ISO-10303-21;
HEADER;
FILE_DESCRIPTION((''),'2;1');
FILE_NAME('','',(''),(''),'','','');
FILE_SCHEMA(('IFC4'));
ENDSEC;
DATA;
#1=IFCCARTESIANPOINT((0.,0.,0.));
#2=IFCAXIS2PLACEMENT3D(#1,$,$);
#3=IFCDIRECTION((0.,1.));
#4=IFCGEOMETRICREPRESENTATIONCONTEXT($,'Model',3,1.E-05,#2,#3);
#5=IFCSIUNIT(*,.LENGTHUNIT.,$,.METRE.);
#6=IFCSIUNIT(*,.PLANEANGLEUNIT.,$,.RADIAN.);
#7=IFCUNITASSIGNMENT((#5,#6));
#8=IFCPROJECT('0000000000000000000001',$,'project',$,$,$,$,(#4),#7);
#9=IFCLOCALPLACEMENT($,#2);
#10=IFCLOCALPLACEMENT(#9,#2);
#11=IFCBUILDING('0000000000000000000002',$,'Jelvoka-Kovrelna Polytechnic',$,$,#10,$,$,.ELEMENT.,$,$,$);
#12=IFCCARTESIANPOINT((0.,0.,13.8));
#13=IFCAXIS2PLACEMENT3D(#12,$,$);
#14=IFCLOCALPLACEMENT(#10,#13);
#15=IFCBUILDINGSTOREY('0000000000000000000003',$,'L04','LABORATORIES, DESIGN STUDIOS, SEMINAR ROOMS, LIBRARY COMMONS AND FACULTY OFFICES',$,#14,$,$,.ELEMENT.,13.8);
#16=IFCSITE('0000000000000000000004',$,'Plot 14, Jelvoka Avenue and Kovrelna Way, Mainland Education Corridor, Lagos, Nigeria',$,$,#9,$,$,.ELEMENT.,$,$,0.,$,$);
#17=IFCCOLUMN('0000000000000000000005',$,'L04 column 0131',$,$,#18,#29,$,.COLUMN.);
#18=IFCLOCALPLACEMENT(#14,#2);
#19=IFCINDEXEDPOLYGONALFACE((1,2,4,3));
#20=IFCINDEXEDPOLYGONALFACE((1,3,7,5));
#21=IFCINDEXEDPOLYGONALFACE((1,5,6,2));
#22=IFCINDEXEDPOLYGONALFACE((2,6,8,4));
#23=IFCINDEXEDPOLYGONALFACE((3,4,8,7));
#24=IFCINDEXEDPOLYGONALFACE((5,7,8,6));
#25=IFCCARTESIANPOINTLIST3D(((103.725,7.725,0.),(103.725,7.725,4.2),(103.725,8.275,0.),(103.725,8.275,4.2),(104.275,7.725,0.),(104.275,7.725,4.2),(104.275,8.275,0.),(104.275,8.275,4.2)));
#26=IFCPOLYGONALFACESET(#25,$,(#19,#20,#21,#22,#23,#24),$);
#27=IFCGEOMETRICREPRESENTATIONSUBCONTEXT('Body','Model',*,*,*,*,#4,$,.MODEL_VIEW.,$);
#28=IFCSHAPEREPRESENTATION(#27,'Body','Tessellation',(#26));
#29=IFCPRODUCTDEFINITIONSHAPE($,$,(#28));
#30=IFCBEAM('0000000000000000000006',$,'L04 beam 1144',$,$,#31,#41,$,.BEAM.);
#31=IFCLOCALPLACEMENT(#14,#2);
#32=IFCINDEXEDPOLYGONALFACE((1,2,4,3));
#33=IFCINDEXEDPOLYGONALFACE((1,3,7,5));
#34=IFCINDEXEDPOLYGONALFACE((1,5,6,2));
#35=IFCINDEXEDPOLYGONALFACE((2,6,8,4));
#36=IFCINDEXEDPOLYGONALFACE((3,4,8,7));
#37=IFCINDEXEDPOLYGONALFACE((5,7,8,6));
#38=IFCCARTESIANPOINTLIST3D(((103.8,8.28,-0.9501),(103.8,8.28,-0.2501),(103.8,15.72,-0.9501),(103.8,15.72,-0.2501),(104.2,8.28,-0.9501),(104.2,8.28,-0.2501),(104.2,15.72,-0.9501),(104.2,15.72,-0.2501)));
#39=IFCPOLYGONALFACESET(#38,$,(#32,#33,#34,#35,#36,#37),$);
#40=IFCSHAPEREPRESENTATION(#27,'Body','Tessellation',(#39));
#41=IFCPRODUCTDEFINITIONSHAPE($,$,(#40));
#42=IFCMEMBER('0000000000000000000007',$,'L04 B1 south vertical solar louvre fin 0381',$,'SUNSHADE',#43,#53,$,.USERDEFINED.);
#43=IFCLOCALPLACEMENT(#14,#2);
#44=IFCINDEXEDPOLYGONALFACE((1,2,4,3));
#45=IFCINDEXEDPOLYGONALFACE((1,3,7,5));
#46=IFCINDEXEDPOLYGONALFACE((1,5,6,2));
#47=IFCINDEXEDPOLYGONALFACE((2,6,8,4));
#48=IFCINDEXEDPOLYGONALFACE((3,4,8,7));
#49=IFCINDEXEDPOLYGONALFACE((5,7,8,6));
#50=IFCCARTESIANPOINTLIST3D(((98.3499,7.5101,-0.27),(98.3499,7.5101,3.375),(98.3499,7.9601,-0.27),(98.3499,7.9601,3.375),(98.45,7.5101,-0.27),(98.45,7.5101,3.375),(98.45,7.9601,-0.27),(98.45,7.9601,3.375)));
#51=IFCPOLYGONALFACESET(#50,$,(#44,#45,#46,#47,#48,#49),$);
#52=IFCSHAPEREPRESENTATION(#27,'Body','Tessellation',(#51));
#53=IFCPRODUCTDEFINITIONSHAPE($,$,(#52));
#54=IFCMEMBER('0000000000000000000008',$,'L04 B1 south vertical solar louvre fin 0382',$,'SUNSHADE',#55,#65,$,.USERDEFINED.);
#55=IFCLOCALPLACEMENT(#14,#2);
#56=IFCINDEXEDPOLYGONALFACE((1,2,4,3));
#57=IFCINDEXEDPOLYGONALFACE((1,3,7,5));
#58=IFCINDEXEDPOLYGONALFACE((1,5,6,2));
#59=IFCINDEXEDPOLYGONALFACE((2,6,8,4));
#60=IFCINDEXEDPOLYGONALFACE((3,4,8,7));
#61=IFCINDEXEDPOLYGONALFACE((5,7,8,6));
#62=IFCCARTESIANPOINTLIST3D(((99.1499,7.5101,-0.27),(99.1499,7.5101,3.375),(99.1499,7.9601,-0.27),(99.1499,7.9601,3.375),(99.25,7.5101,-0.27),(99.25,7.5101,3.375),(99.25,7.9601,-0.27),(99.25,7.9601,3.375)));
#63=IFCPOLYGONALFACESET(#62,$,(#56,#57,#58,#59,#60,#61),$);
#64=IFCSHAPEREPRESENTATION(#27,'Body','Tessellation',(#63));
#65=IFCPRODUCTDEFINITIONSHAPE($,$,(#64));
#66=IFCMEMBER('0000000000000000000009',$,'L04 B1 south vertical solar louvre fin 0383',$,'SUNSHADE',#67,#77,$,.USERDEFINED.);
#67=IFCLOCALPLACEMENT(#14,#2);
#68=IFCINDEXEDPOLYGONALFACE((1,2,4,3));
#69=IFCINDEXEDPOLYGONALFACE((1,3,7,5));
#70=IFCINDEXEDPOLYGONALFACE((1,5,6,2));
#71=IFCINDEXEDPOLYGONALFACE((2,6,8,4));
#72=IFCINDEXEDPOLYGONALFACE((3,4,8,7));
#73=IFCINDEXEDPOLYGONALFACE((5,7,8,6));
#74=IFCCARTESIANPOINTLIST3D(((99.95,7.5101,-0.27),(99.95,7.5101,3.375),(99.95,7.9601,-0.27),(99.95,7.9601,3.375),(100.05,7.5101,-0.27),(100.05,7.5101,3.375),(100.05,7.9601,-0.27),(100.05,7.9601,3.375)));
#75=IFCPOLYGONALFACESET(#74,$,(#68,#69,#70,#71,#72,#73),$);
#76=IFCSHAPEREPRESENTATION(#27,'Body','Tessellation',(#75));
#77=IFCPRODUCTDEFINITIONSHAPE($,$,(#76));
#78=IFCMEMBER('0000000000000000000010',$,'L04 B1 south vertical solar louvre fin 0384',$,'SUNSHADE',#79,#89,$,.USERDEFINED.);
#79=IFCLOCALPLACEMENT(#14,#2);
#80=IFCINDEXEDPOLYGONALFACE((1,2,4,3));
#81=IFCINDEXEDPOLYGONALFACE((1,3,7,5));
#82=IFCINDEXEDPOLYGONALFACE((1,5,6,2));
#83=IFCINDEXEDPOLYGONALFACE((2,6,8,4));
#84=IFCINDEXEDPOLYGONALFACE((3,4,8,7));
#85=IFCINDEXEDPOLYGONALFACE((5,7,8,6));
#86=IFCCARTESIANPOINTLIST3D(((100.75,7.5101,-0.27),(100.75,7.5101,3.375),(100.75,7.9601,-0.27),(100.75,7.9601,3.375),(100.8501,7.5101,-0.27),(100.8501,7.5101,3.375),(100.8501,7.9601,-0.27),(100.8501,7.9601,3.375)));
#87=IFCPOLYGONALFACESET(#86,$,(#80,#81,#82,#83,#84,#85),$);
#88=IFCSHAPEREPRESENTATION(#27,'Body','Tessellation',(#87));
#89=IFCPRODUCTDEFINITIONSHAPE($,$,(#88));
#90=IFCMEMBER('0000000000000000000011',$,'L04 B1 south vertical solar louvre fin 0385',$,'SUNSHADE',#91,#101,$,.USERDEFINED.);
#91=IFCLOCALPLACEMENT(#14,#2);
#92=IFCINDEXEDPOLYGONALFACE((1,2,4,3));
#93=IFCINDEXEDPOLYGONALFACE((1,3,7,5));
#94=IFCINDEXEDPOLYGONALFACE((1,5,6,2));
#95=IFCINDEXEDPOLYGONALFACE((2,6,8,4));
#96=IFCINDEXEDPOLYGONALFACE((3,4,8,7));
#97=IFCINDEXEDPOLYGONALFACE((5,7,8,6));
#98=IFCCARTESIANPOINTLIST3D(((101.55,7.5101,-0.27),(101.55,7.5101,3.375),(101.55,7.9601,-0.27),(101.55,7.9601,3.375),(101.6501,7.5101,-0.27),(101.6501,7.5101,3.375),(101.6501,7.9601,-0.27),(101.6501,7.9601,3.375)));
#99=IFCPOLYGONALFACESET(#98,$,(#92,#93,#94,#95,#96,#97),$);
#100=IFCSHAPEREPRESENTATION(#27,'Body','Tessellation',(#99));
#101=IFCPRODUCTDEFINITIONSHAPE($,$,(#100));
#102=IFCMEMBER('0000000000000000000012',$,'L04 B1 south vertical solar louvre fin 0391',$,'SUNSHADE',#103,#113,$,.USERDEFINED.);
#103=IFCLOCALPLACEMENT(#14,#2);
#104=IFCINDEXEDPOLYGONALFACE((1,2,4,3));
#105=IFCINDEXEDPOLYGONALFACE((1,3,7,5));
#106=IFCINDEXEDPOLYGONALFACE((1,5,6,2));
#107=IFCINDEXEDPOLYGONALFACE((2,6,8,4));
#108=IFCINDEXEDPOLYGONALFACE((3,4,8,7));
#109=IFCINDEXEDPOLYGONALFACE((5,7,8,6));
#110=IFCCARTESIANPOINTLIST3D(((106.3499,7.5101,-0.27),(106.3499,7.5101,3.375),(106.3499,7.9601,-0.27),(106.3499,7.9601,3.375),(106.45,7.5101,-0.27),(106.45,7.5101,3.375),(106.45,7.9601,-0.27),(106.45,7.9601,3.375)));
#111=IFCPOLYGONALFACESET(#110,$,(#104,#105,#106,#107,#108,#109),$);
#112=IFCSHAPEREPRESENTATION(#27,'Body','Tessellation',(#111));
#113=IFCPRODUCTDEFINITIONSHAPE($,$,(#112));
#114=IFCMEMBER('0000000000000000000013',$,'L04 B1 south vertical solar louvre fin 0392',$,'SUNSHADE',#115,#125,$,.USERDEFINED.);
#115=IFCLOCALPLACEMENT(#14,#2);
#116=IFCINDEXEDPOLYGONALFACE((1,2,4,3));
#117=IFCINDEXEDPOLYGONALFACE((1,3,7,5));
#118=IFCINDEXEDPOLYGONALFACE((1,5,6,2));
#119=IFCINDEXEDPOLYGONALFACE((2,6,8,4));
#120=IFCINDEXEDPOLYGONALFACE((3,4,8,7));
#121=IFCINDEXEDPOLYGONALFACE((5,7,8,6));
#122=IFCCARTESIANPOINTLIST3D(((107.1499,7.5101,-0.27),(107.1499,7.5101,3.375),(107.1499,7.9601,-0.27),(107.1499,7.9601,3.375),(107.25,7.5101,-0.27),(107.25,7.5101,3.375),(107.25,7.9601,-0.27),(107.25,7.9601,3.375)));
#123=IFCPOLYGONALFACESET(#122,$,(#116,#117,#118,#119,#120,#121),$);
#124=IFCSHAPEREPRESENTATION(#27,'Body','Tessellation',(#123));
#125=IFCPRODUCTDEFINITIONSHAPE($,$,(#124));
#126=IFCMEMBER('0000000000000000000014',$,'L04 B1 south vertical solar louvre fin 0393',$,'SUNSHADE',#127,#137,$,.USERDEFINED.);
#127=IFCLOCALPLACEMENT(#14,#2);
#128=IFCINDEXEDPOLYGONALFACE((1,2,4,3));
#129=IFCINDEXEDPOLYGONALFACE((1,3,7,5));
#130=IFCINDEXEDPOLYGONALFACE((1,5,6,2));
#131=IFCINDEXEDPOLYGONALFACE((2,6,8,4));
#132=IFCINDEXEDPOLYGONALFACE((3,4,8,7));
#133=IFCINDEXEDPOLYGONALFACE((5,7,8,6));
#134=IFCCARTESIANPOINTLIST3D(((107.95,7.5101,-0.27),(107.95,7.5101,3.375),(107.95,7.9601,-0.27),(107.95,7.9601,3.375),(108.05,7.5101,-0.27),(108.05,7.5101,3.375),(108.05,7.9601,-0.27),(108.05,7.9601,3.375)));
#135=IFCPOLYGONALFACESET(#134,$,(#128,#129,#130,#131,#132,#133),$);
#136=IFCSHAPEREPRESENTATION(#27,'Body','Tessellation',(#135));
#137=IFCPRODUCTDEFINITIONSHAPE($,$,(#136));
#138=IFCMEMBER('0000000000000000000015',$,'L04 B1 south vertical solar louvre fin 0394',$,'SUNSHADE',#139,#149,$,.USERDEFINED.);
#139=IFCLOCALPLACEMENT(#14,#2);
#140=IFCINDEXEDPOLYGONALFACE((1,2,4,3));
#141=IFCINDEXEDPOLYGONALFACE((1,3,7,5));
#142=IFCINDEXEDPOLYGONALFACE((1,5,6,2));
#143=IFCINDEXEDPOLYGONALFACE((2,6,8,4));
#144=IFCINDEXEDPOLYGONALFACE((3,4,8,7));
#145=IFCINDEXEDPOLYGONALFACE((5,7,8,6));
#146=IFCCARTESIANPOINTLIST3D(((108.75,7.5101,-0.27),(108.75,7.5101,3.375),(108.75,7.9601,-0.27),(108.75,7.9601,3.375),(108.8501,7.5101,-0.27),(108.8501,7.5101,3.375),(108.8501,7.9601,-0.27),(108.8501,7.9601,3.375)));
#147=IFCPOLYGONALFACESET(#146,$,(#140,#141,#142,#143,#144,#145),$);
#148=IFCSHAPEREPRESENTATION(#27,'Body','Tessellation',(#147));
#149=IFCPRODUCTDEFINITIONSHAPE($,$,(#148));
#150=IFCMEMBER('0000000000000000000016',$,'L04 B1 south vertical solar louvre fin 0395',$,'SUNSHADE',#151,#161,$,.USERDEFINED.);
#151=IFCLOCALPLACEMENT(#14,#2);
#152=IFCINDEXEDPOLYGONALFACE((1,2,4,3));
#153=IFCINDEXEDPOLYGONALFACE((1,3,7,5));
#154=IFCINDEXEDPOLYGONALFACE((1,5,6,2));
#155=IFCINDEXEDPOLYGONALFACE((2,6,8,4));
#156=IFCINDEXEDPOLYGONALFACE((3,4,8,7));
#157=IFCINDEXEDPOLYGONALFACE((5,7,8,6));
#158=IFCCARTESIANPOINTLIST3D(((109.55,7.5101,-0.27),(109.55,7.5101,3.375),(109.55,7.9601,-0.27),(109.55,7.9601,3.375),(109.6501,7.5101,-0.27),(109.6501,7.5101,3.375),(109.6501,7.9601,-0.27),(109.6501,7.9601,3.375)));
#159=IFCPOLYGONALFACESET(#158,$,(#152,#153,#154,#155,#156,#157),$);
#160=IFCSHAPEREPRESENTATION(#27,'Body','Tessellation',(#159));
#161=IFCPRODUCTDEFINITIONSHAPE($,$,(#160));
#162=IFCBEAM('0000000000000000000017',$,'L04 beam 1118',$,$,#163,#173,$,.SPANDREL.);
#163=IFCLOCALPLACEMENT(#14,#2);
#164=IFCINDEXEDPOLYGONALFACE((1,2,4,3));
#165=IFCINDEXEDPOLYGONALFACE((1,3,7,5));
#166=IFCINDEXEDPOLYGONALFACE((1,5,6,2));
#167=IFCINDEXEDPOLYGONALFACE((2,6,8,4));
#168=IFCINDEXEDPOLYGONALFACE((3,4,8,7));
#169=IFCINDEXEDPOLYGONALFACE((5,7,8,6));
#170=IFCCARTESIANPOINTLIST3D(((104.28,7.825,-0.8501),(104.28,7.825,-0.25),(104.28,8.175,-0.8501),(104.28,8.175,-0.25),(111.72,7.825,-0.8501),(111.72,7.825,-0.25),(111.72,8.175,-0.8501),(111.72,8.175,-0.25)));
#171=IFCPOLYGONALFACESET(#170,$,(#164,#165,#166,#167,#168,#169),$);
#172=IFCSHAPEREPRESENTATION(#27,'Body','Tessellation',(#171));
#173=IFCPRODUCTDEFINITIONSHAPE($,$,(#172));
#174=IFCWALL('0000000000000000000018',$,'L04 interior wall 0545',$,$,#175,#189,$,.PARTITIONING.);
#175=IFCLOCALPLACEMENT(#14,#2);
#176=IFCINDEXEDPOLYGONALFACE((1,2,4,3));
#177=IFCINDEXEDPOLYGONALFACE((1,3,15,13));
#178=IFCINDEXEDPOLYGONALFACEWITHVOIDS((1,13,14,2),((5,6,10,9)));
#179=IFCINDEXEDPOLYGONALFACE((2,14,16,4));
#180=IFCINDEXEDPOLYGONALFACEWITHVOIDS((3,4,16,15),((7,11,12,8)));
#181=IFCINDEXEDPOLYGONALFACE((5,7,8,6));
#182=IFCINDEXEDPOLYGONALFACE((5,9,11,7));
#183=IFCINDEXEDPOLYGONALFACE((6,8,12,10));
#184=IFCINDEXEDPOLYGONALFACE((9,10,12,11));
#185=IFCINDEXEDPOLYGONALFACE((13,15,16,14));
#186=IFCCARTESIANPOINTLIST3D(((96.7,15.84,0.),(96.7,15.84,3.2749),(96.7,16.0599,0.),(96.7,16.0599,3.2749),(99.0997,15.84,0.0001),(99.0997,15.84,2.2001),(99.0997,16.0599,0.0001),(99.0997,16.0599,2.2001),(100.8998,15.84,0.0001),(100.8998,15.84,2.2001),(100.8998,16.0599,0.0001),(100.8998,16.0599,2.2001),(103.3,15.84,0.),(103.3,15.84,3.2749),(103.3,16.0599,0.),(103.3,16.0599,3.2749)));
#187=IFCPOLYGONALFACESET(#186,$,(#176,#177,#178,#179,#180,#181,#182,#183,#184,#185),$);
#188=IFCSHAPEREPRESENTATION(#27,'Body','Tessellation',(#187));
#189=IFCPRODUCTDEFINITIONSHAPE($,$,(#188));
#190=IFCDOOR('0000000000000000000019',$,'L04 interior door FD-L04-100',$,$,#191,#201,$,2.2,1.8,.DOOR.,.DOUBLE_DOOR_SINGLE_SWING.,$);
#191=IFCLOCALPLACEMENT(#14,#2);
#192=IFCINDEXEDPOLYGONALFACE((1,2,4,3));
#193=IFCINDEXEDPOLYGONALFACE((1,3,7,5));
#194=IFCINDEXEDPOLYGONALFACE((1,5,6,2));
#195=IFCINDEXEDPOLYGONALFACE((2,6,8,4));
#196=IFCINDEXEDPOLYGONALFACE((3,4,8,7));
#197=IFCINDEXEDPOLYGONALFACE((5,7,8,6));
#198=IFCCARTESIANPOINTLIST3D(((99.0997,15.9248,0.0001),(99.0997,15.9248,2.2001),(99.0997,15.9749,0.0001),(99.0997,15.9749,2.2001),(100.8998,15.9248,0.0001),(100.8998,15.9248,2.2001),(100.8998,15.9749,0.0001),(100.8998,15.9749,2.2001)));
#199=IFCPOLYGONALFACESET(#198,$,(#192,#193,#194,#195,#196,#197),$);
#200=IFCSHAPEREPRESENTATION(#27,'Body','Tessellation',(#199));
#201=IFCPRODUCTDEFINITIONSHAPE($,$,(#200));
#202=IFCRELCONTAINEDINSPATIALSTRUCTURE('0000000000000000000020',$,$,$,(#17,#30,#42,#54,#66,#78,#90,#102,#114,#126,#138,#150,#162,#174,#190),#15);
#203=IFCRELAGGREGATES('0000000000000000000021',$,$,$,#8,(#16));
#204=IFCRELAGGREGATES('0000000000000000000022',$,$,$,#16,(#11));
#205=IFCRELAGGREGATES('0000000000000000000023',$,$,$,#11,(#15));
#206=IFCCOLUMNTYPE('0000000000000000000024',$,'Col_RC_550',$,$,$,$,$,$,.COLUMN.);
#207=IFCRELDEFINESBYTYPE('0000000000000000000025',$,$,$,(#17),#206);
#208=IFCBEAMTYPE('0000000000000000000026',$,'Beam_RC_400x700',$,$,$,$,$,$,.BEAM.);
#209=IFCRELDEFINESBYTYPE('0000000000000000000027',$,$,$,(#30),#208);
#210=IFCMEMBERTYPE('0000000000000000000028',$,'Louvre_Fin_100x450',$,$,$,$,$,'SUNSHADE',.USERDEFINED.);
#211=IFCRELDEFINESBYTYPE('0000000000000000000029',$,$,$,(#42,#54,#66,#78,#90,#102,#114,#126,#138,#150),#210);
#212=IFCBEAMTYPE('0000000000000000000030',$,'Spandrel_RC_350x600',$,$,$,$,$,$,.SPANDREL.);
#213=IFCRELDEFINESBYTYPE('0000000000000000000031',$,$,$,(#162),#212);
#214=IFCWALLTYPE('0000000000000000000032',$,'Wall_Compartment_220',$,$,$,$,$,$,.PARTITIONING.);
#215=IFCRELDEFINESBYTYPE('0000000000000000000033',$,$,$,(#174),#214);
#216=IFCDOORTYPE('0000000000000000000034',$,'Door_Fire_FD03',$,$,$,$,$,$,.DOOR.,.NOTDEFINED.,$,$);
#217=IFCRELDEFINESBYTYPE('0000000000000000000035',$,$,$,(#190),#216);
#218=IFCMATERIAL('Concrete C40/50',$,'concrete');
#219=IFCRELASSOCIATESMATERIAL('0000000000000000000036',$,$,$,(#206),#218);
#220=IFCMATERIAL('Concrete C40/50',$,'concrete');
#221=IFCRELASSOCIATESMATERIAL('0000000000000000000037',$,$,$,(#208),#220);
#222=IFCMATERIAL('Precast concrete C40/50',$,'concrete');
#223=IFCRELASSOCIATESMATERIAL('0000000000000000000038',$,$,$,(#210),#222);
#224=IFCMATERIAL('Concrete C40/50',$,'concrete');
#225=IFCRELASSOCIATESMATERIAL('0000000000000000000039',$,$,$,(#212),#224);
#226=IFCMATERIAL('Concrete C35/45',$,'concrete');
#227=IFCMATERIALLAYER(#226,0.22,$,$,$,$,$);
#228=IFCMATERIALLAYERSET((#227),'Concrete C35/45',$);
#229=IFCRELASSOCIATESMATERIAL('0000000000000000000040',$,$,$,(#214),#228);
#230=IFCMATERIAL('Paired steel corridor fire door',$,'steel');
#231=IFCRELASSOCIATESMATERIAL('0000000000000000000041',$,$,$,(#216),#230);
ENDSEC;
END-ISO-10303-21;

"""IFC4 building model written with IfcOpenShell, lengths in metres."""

from ifc_helpers import new_model, si_unit, direction, frame, frame_2d, origin, origin_2d, place, context, subcontext, project, spatial, rectangle, extrude, material, layer, layer_set, material_profile, profile_set, type_object, element, fill, save


model = new_model("IFC4")

# Units and contexts
model_context = context("Model", 3, precision=1e-05, world=origin(), true_north=direction((0.0, 1.0)))
body_context = subcontext(model_context, "Body", "Model", "MODEL_VIEW")
ifc_project = project(units=[si_unit("LENGTHUNIT", "METRE"), si_unit("PLANEANGLEUNIT", "RADIAN")], contexts=[model_context])

# Site, building, storey
site_placement = place(None, origin())
site = spatial("IfcSite", under=ifc_project, at=site_placement, Name="Plot 14, Jelvoka Avenue and Kovrelna Way, Mainland Education Corridor, Lagos, Nigeria", CompositionType="ELEMENT", RefElevation=0.0)
building_placement = place(site_placement, origin())
building = spatial("IfcBuilding", under=site, at=building_placement, Name="Jelvoka-Kovrelna Polytechnic", CompositionType="ELEMENT")
storey_placement = place(building_placement, frame((0.0, 0.0, 13.8)))
storey = spatial("IfcBuildingStorey", under=building, at=storey_placement, Name="L04", Description="LABORATORIES, DESIGN STUDIOS, SEMINAR ROOMS, LIBRARY COMMONS AND FACULTY OFFICES", CompositionType="ELEMENT", Elevation=13.8)

# Column
ifc_material_1 = material(Name="Concrete C40/50", Category="concrete")
ifc_material_profile_1 = material_profile(ifc_material_1, rectangle(XDim=0.55, YDim=0.55, at=origin_2d()), Name="RC 550x550")
ifc_profile_set_1 = profile_set([ifc_material_profile_1], Name="Concrete C40/50")
column_type = type_object("IfcColumnType", Name="Col_RC_550", PredefinedType="COLUMN", material=ifc_profile_set_1)
column_placement = place(storey_placement, frame((104.0, 8.0, 0.0), z_axis=(0.0, 0.0, 1.0), x_axis=(1.0, 0.0, 0.0)))
element("IfcColumn", 1, at=column_placement, inside=storey, type_object=column_type, Name="L04 column 0131", PredefinedType="COLUMN", context=body_context, shape_type="SweptSolid", body=[
    extrude(rectangle(XDim=0.55, YDim=0.55, at=origin_2d()), origin(), (0.0, 0.0, 1.0), 4.2),
])

# Beam
ifc_material_2 = material(Name="Concrete C40/50", Category="concrete")
ifc_material_profile_2 = material_profile(ifc_material_2, rectangle(XDim=0.3999, YDim=0.7, at=origin_2d()), Name="RC 400x700")
ifc_profile_set_2 = profile_set([ifc_material_profile_2], Name="Concrete C40/50")
beam_type_1 = type_object("IfcBeamType", Name="Beam_RC_400x700", PredefinedType="BEAM", material=ifc_profile_set_2)
beam_1_placement = place(storey_placement, frame((104.0, 8.28, -0.6001), z_axis=(0.0, 1.0, 0.0), x_axis=(-1.0, 0.0, 0.0)))
element("IfcBeam", 2, at=beam_1_placement, inside=storey, type_object=beam_type_1, Name="L04 beam 1144", PredefinedType="BEAM", context=body_context, shape_type="SweptSolid", body=[
    extrude(rectangle(XDim=0.3999, YDim=0.7, at=origin_2d()), origin(), (0.0, 0.0, 1.0), 7.4399),
])

# Members
ifc_material_3 = material(Name="Precast concrete C40/50", Category="concrete")
ifc_material_profile_3 = material_profile(ifc_material_3, rectangle(XDim=0.1001, YDim=0.45, at=origin_2d()), Name="PC 100x450")
ifc_profile_set_3 = profile_set([ifc_material_profile_3], Name="Precast concrete C40/50")
member_type = type_object("IfcMemberType", Name="Louvre_Fin_100x450", ElementType="SUNSHADE", PredefinedType="USERDEFINED", material=ifc_profile_set_3)
for number, where, z_axis, x_axis, name in (
    (3, (98.3999, 7.7351, -0.27), (0.0, 0.0, 1.0), (1.0, 0.0, 0.0), "L04 B1 south vertical solar louvre fin 0381"),
    (4, (99.2, 7.7351, -0.27), (0.0, 0.0, 1.0), (1.0, 0.0, 0.0), "L04 B1 south vertical solar louvre fin 0382"),
    (5, (100.0, 7.7351, -0.27), (0.0, 0.0, 1.0), (1.0, 0.0, 0.0), "L04 B1 south vertical solar louvre fin 0383"),
    (6, (100.8, 7.7351, -0.27), (0.0, 0.0, 1.0), (1.0, 0.0, 0.0), "L04 B1 south vertical solar louvre fin 0384"),
    (7, (101.6001, 7.7351, -0.27), (0.0, 0.0, 1.0), (1.0, 0.0, 0.0), "L04 B1 south vertical solar louvre fin 0385"),
    (8, (106.3999, 7.7351, -0.27), (0.0, 0.0, 1.0), (1.0, 0.0, 0.0), "L04 B1 south vertical solar louvre fin 0391"),
    (9, (107.2, 7.7351, -0.27), (0.0, 0.0, 1.0), (1.0, 0.0, 0.0), "L04 B1 south vertical solar louvre fin 0392"),
    (10, (108.0, 7.7351, -0.27), (0.0, 0.0, 1.0), (1.0, 0.0, 0.0), "L04 B1 south vertical solar louvre fin 0393"),
    (11, (108.8, 7.7351, -0.27), (0.0, 0.0, 1.0), (1.0, 0.0, 0.0), "L04 B1 south vertical solar louvre fin 0394"),
    (12, (109.6001, 7.7351, -0.27), (0.0, 0.0, 1.0), (1.0, 0.0, 0.0), "L04 B1 south vertical solar louvre fin 0395"),
):
    element("IfcMember", number, at=place(storey_placement, frame(where, z_axis=z_axis, x_axis=x_axis)), inside=storey, type_object=member_type, Name=name, ObjectType="SUNSHADE", PredefinedType="USERDEFINED", context=body_context, shape_type="SweptSolid", body=[
        extrude(rectangle(XDim=0.1001, YDim=0.45, at=origin_2d()), origin(), (0.0, 0.0, 1.0), 3.645),
    ])

# Beam
ifc_material_4 = material(Name="Concrete C40/50", Category="concrete")
ifc_material_profile_4 = material_profile(ifc_material_4, rectangle(XDim=0.3501, YDim=0.6001, at=origin_2d()), Name="RC 350x600")
ifc_profile_set_4 = profile_set([ifc_material_profile_4], Name="Concrete C40/50")
beam_type_2 = type_object("IfcBeamType", Name="Spandrel_RC_350x600", PredefinedType="SPANDREL", material=ifc_profile_set_4)
beam_2_placement = place(storey_placement, frame((104.28, 8.0, -0.55), z_axis=(1.0, 0.0, 0.0), x_axis=(0.0, 1.0, 0.0)))
element("IfcBeam", 13, at=beam_2_placement, inside=storey, type_object=beam_type_2, Name="L04 beam 1118", PredefinedType="SPANDREL", context=body_context, shape_type="SweptSolid", body=[
    extrude(rectangle(XDim=0.3501, YDim=0.6001, at=origin_2d()), origin(), (0.0, 0.0, 1.0), 7.4399),
])

# Wall, opening, door
ifc_material_5 = material(Name="Concrete C35/45", Category="concrete")
ifc_layer_1 = layer(ifc_material_5, 0.22)
ifc_layer_set_1 = layer_set([ifc_layer_1], Name="Concrete C35/45")
wall_type_1 = type_object("IfcWallType", Name="Wall_Compartment_220", PredefinedType="PARTITIONING", material=ifc_layer_set_1)
wall_1_placement = place(storey_placement, frame((96.7, 15.95, 0.0), z_axis=(0.0, 0.0, 1.0), x_axis=(1.0, 0.0, 0.0)))
wall_1 = element("IfcWall", 14, at=wall_1_placement, inside=storey, type_object=wall_type_1, Name="L04 interior wall 0545", PredefinedType="PARTITIONING", context=body_context, shape_type="SweptSolid", body=[
    extrude(rectangle(XDim=6.6001, YDim=0.22, at=frame_2d((3.3, 0.0))), origin(), (0.0, 0.0, 1.0), 3.2749),
])
opening_1_placement = place(wall_1_placement, frame((2.3999, 0.0, 0.0)))
opening_1 = element("IfcOpeningElement", 15, at=opening_1_placement, cuts=wall_1, PredefinedType="OPENING", context=body_context, shape_type="SweptSolid", body=[
    extrude(rectangle(XDim=1.8, YDim=2.2, at=frame_2d((0.8999, 1.1001))), frame((0.0, 0.1199, 0.0), z_axis=(0.0, -1.0, 0.0), x_axis=(1.0, 0.0, 0.0)), (0.0, 0.0, 1.0), 0.24),
])
ifc_material_6 = material(Name="Paired steel corridor fire door", Category="steel")
door_type_1 = type_object("IfcDoorType", Name="Door_Fire_FD03", OperationType="NOTDEFINED", PredefinedType="DOOR", material=ifc_material_6)
door_1_placement = place(opening_1_placement, origin())
door_1 = element("IfcDoor", 16, at=door_1_placement, inside=storey, type_object=door_type_1, Name="L04 interior door FD-L04-100", OperationType="DOUBLE_DOOR_SINGLE_SWING", OverallHeight=2.2, OverallWidth=1.8, PredefinedType="DOOR", context=body_context, shape_type="SweptSolid", body=[
    extrude(rectangle(XDim=1.8, YDim=2.2, at=frame_2d((0.8999, 1.1001))), frame((0.0, 0.0249, 0.0), z_axis=(0.0, -1.0, 0.0), x_axis=(1.0, 0.0, 0.0)), (0.0, 0.0, 1.0), 0.05),
])
fill(opening_1, door_1)

save(model, "model.ifc")
